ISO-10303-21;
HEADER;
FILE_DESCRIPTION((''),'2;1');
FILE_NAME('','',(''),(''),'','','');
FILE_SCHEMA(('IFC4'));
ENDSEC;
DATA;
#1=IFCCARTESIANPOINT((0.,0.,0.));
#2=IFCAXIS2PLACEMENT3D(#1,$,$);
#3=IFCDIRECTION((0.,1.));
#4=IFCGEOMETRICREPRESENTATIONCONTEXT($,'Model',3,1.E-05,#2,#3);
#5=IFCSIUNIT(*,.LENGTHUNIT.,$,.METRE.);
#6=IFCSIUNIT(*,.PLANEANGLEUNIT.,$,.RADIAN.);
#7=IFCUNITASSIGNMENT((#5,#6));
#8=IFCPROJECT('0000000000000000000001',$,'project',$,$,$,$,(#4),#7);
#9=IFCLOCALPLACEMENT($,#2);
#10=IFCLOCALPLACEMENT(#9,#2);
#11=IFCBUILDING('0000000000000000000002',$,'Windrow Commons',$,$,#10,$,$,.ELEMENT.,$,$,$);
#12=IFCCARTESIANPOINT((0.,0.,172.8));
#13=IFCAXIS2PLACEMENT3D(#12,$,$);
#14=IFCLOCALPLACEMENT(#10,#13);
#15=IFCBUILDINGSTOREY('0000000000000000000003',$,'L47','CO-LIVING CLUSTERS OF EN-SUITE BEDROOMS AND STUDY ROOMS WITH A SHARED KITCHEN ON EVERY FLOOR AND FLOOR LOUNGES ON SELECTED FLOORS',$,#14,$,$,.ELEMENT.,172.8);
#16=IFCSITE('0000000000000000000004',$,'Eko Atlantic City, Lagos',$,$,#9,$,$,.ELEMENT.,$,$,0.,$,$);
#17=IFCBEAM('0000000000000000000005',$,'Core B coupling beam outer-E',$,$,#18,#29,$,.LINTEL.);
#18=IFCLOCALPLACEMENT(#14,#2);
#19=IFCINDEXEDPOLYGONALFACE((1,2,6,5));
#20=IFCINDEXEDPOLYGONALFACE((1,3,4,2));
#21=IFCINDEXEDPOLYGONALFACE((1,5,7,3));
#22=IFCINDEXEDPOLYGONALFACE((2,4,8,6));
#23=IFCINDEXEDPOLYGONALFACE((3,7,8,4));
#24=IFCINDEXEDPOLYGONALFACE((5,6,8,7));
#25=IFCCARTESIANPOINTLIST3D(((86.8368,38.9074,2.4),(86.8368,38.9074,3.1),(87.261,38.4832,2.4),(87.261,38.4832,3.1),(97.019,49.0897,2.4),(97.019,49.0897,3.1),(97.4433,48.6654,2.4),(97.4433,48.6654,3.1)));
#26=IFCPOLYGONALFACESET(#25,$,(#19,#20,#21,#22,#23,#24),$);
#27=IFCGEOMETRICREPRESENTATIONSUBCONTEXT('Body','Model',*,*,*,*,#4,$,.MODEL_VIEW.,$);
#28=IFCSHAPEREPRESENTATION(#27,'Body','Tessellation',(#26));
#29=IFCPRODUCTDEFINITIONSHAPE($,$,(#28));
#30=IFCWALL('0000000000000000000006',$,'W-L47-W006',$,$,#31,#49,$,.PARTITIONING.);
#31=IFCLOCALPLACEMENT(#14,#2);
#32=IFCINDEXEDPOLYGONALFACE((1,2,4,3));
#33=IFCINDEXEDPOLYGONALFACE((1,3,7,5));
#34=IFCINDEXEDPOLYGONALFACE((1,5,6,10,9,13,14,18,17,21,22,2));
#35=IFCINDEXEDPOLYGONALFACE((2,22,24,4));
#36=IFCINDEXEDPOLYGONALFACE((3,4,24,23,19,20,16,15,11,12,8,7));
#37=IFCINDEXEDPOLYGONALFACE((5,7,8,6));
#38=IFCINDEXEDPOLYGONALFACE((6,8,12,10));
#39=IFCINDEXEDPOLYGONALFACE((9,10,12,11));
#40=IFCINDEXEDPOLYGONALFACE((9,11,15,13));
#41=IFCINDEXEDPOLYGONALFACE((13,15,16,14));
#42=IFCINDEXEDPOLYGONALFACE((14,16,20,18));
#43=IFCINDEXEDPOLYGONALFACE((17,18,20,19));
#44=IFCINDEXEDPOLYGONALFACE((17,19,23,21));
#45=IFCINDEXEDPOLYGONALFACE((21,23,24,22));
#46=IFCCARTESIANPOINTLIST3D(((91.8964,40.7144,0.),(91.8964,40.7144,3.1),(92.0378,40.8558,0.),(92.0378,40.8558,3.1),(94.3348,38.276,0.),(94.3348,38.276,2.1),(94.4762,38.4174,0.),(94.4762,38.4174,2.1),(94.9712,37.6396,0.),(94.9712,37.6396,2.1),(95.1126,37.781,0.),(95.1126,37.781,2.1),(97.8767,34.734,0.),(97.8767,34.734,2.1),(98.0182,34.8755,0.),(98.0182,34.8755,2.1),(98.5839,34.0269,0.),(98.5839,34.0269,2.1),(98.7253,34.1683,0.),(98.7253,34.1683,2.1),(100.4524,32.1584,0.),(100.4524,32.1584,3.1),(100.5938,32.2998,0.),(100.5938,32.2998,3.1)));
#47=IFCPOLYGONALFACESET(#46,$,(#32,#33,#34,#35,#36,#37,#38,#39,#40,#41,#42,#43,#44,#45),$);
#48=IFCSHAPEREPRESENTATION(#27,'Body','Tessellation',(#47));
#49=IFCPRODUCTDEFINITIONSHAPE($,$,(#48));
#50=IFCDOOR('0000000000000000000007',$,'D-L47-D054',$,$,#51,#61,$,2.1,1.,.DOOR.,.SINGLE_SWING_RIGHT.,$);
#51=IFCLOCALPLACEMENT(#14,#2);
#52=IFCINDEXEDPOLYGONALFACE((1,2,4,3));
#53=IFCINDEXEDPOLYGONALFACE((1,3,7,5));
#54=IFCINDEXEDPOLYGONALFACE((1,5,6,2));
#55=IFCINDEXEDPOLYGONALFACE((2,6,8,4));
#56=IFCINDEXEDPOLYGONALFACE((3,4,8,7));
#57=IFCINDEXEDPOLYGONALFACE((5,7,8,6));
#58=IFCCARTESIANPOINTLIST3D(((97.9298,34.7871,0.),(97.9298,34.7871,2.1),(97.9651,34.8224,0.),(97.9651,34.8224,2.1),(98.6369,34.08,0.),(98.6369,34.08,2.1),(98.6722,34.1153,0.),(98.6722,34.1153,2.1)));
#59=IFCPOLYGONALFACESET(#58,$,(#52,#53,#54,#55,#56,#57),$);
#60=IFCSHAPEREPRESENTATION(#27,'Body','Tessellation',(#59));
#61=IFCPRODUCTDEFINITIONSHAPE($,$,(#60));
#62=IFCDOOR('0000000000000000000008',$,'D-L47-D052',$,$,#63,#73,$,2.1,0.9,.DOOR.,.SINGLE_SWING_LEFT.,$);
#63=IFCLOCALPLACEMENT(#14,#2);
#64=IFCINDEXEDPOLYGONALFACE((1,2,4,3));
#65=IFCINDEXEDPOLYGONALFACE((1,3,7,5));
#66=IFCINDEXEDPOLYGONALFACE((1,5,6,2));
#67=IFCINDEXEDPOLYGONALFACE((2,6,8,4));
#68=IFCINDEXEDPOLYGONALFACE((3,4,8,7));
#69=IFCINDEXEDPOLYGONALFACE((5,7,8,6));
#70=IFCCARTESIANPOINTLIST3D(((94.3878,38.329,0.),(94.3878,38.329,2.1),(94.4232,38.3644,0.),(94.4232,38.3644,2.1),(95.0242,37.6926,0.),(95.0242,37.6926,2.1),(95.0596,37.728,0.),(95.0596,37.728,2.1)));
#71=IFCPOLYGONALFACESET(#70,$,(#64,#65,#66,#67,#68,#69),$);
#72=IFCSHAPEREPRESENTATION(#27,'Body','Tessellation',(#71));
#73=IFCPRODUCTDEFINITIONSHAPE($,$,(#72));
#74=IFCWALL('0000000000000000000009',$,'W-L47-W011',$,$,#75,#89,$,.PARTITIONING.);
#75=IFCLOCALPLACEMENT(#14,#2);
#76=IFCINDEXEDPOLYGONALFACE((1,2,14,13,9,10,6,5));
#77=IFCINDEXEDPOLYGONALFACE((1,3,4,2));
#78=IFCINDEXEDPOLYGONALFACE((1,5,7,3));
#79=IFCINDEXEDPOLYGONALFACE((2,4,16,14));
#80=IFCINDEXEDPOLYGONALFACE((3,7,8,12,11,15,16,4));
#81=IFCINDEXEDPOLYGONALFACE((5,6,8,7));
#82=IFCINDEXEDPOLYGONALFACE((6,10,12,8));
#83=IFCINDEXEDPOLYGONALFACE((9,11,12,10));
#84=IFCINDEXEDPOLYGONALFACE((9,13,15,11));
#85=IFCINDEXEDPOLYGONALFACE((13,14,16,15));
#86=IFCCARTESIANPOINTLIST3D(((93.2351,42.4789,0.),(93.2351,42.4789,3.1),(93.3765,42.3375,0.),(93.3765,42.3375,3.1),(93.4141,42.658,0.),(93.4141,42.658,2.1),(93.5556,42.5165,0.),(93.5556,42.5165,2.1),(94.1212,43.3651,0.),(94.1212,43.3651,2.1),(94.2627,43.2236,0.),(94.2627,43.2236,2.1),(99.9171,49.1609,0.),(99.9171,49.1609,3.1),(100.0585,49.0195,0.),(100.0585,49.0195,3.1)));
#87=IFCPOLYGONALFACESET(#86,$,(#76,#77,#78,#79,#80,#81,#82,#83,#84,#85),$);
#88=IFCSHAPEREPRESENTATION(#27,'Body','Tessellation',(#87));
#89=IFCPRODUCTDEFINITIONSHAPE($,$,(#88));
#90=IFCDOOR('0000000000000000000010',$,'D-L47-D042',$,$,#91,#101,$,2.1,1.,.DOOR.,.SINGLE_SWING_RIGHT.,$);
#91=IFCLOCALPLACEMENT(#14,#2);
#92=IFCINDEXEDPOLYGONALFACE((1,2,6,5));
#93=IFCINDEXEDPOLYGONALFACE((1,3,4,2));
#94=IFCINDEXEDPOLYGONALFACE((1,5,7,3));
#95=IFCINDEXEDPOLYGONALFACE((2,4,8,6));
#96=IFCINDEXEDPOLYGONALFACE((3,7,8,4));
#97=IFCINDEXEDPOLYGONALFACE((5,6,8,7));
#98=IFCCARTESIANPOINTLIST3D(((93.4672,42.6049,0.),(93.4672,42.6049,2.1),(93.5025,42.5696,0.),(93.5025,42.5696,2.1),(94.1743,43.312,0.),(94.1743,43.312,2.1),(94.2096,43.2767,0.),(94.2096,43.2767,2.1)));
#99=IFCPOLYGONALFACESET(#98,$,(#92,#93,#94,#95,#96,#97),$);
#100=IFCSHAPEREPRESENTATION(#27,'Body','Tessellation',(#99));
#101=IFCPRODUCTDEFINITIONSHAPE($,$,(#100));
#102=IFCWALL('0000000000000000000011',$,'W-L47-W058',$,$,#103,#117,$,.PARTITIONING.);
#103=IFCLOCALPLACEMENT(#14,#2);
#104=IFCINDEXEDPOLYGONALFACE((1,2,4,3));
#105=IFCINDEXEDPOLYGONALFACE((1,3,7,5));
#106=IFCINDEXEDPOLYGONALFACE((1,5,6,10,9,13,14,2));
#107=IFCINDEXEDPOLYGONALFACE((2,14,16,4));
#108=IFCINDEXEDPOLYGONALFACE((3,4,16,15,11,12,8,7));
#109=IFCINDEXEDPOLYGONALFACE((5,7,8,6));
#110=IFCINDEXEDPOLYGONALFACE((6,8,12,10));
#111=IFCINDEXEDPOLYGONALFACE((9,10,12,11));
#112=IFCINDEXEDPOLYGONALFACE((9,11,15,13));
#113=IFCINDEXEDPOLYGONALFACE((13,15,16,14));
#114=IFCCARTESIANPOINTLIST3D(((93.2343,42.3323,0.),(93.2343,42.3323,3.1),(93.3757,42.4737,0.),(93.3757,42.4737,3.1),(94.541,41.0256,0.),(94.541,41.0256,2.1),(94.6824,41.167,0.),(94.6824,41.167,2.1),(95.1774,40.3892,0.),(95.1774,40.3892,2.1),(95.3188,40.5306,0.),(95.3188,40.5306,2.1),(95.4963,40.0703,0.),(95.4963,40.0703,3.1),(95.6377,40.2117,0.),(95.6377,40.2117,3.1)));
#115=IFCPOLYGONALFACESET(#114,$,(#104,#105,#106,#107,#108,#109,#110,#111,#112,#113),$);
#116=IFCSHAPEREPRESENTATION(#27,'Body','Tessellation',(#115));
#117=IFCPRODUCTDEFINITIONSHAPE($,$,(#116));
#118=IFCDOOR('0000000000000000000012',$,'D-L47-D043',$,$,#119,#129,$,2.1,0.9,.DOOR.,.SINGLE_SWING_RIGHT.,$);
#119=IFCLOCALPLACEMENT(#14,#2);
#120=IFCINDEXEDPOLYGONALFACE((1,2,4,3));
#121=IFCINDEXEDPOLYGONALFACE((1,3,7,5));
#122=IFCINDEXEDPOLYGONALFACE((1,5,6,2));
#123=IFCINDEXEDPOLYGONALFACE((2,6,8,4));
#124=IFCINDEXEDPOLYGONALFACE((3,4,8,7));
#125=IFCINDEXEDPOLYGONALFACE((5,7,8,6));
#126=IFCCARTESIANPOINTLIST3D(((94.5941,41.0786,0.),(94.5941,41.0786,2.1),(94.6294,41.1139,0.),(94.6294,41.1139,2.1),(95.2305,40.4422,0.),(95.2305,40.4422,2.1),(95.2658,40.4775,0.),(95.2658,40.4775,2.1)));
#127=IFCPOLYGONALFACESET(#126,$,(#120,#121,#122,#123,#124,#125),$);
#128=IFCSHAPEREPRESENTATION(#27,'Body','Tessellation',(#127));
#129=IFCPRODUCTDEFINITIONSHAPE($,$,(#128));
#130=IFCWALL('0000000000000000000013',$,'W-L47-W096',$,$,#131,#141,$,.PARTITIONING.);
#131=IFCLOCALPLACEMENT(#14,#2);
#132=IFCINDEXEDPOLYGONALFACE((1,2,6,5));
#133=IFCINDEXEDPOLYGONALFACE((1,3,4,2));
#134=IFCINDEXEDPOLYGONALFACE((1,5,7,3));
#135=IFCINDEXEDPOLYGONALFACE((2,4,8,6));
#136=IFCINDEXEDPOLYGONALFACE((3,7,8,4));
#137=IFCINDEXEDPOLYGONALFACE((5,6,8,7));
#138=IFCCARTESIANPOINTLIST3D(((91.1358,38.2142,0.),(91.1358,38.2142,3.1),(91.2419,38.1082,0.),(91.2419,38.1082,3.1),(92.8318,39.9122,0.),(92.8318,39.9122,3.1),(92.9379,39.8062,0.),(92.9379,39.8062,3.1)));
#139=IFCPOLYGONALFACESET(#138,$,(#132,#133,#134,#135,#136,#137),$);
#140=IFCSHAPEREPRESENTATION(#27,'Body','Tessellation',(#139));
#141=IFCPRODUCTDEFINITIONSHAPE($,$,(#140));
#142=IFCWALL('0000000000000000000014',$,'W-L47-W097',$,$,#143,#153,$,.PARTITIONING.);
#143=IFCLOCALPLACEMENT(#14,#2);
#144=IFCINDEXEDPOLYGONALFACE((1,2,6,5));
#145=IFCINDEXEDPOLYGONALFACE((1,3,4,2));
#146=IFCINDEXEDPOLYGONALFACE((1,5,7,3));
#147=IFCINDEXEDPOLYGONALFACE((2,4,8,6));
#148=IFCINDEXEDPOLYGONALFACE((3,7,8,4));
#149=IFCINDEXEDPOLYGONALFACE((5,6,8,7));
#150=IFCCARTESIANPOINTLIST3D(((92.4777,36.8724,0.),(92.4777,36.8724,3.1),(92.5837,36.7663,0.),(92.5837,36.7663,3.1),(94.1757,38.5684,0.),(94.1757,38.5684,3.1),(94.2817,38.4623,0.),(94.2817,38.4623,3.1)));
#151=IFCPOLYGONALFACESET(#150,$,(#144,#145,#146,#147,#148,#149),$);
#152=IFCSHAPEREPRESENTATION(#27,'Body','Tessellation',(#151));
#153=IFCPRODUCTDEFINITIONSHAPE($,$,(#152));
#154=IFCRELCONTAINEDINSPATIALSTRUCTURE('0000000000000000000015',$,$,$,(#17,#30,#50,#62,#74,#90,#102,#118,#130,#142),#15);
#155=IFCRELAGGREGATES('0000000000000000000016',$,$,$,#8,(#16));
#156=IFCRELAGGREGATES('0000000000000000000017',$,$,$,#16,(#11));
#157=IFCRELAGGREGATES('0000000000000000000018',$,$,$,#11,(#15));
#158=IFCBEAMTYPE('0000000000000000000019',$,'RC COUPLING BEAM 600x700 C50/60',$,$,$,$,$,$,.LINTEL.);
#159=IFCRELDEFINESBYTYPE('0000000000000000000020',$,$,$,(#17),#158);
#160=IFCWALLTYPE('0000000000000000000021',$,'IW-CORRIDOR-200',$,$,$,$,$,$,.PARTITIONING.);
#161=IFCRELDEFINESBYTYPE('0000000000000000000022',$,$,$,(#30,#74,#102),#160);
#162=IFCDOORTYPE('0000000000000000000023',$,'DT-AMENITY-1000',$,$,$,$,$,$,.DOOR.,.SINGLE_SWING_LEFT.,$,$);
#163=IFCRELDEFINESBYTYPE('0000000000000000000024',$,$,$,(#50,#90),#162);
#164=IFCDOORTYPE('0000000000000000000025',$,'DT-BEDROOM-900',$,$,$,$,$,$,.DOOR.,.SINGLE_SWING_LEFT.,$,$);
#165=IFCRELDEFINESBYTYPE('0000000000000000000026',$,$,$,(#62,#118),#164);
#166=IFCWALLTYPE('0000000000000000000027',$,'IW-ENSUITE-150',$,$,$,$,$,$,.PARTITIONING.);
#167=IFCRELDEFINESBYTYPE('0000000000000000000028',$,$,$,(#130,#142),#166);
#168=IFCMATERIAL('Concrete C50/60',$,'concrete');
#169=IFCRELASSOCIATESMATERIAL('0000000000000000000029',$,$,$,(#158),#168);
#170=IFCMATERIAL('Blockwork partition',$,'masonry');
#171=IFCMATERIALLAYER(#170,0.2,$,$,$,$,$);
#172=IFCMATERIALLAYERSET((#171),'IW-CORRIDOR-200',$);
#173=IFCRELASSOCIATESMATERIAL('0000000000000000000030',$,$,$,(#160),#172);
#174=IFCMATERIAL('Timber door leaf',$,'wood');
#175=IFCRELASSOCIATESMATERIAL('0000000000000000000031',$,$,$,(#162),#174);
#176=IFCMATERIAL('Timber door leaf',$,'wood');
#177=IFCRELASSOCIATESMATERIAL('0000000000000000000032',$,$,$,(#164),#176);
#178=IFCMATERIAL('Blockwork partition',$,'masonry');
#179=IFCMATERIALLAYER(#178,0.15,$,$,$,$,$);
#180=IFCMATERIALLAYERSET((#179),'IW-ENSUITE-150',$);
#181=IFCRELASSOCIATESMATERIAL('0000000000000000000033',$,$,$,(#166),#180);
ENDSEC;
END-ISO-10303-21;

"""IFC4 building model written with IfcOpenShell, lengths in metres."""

from ifc_helpers import new_model, si_unit, direction, frame, frame_2d, origin, origin_2d, place, context, subcontext, project, spatial, rectangle, extrude, material, layer, layer_set, material_profile, profile_set, type_object, element, fill, save


model = new_model("IFC4")

# Units and contexts
model_context = context("Model", 3, precision=1e-05, world=origin(), true_north=direction((0.0, 1.0)))
body_context = subcontext(model_context, "Body", "Model", "MODEL_VIEW")
ifc_project = project(units=[si_unit("LENGTHUNIT", "METRE"), si_unit("PLANEANGLEUNIT", "RADIAN")], contexts=[model_context])

# Site, building, storey
site_placement = place(None, origin())
site = spatial("IfcSite", under=ifc_project, at=site_placement, Name="Eko Atlantic City, Lagos", CompositionType="ELEMENT", RefElevation=0.0)
building_placement = place(site_placement, origin())
building = spatial("IfcBuilding", under=site, at=building_placement, Name="Windrow Commons", CompositionType="ELEMENT")
storey_placement = place(building_placement, frame((0.0, 0.0, 172.8)))
storey = spatial("IfcBuildingStorey", under=building, at=storey_placement, Name="L47", Description="CO-LIVING CLUSTERS OF EN-SUITE BEDROOMS AND STUDY ROOMS WITH A SHARED KITCHEN ON EVERY FLOOR AND FLOOR LOUNGES ON SELECTED FLOORS", CompositionType="ELEMENT", Elevation=172.8)

# Beam
ifc_material_1 = material(Name="Concrete C50/60", Category="concrete")
ifc_material_profile = material_profile(ifc_material_1, rectangle(XDim=0.6, YDim=0.7, at=origin_2d()))
ifc_profile_set = profile_set([ifc_material_profile], Name="Concrete C50/60")
beam_type = type_object("IfcBeamType", Name="RC COUPLING BEAM 600x700 C50/60", PredefinedType="LINTEL", material=ifc_profile_set)
beam_placement = place(storey_placement, frame((87.0489, 38.6953, 2.75), z_axis=(0.707107, 0.707107, 0.0), x_axis=(-0.707107, 0.707107, 0.0)))
element("IfcBeam", 1, at=beam_placement, inside=storey, type_object=beam_type, Name="Core B coupling beam outer-E", PredefinedType="LINTEL", context=body_context, shape_type="SweptSolid", body=[
    extrude(rectangle(XDim=0.6, YDim=0.7, at=origin_2d()), origin(), (0.0, 0.0, 1.0), 14.3999),
])

# Wall, openings, doors
ifc_material_2 = material(Name="Blockwork partition", Category="masonry")
ifc_layer_1 = layer(ifc_material_2, 0.2)
ifc_layer_set_1 = layer_set([ifc_layer_1], Name="IW-CORRIDOR-200")
wall_type_1 = type_object("IfcWallType", Name="IW-CORRIDOR-200", PredefinedType="PARTITIONING", material=ifc_layer_set_1)
wall_1_placement = place(storey_placement, frame((91.9671, 40.7851, 0.0), z_axis=(0.0, 0.0, 1.0), x_axis=(0.707107, -0.707107, 0.0)))
wall_1 = element("IfcWall", 2, at=wall_1_placement, inside=storey, type_object=wall_type_1, Name="W-L47-W006", PredefinedType="PARTITIONING", context=body_context, shape_type="SweptSolid", body=[
    extrude(rectangle(XDim=12.1, YDim=0.2, at=frame_2d((6.05, 0.0))), origin(), (0.0, 0.0, 1.0), 3.1),
])
opening_1_placement = place(wall_1_placement, frame((3.4484, 0.0, 0.0)))
opening_1 = element("IfcOpeningElement", 3, at=opening_1_placement, cuts=wall_1, PredefinedType="OPENING", context=body_context, shape_type="SweptSolid", body=[
    extrude(rectangle(XDim=0.9, YDim=2.1, at=frame_2d((0.45, 1.05))), frame((0.0, 0.11, 0.0), z_axis=(0.0, -1.0, 0.0), x_axis=(1.0, 0.0, 0.0)), (0.0, 0.0, 1.0), 0.22),
])
opening_2_placement = place(wall_1_placement, frame((8.4575, 0.0, 0.0)))
opening_2 = element("IfcOpeningElement", 4, at=opening_2_placement, cuts=wall_1, PredefinedType="OPENING", context=body_context, shape_type="SweptSolid", body=[
    extrude(rectangle(XDim=1.0, YDim=2.1, at=frame_2d((0.5, 1.05))), frame((0.0, 0.11, 0.0), z_axis=(0.0, -1.0, 0.0), x_axis=(1.0, 0.0, 0.0)), (0.0, 0.0, 1.0), 0.22),
])
ifc_material_3 = material(Name="Timber door leaf", Category="wood")
door_type_1 = type_object("IfcDoorType", Name="DT-AMENITY-1000", OperationType="SINGLE_SWING_LEFT", PredefinedType="DOOR", material=ifc_material_3)
door_1_placement = place(opening_2_placement, origin())
door_1 = element("IfcDoor", 5, at=door_1_placement, inside=storey, type_object=door_type_1, Name="D-L47-D054", OperationType="SINGLE_SWING_RIGHT", OverallHeight=2.1, OverallWidth=1.0, PredefinedType="DOOR", context=body_context, shape_type="SweptSolid", body=[
    extrude(rectangle(XDim=1.0, YDim=2.1, at=frame_2d((0.5, 1.05))), frame((0.0, 0.025, 0.0), z_axis=(0.0, -1.0, 0.0), x_axis=(1.0, 0.0, 0.0)), (0.0, 0.0, 1.0), 0.05),
])
fill(opening_2, door_1)
ifc_material_4 = material(Name="Timber door leaf", Category="wood")
door_type_2 = type_object("IfcDoorType", Name="DT-BEDROOM-900", OperationType="SINGLE_SWING_LEFT", PredefinedType="DOOR", material=ifc_material_4)
door_2_placement = place(opening_1_placement, origin())
door_2 = element("IfcDoor", 6, at=door_2_placement, inside=storey, type_object=door_type_2, Name="D-L47-D052", OperationType="SINGLE_SWING_LEFT", OverallHeight=2.1, OverallWidth=0.9, PredefinedType="DOOR", context=body_context, shape_type="SweptSolid", body=[
    extrude(rectangle(XDim=0.9, YDim=2.1, at=frame_2d((0.45, 1.05))), frame((0.0, 0.025, 0.0), z_axis=(0.0, -1.0, 0.0), x_axis=(1.0, 0.0, 0.0)), (0.0, 0.0, 1.0), 0.05),
])
fill(opening_1, door_2)

# Walls, openings, doors
wall_2_placement = place(storey_placement, frame((93.3058, 42.4082, 0.0), z_axis=(0.0, 0.0, 1.0), x_axis=(0.707107, 0.707107, 0.0)))
wall_2 = element("IfcWall", 7, at=wall_2_placement, inside=storey, type_object=wall_type_1, Name="W-L47-W011", PredefinedType="PARTITIONING", context=body_context, shape_type="SweptSolid", body=[
    extrude(rectangle(XDim=9.4498, YDim=0.2, at=frame_2d((4.7249, 0.0))), origin(), (0.0, 0.0, 1.0), 3.1),
])
opening_3_placement = place(wall_2_placement, frame((0.2532, 0.0, 0.0)))
opening_3 = element("IfcOpeningElement", 8, at=opening_3_placement, cuts=wall_2, PredefinedType="OPENING", context=body_context, shape_type="SweptSolid", body=[
    extrude(rectangle(XDim=1.0, YDim=2.1, at=frame_2d((0.5, 1.05))), frame((0.0, 0.11, 0.0), z_axis=(0.0, -1.0, 0.0), x_axis=(1.0, 0.0, 0.0)), (0.0, 0.0, 1.0), 0.22),
])
door_3_placement = place(opening_3_placement, origin())
door_3 = element("IfcDoor", 9, at=door_3_placement, inside=storey, type_object=door_type_1, Name="D-L47-D042", OperationType="SINGLE_SWING_RIGHT", OverallHeight=2.1, OverallWidth=1.0, PredefinedType="DOOR", context=body_context, shape_type="SweptSolid", body=[
    extrude(rectangle(XDim=1.0, YDim=2.1, at=frame_2d((0.5, 1.05))), frame((0.0, 0.025, 0.0), z_axis=(0.0, -1.0, 0.0), x_axis=(1.0, 0.0, 0.0)), (0.0, 0.0, 1.0), 0.05),
])
fill(opening_3, door_3)
wall_3_placement = place(storey_placement, frame((93.305, 42.403, 0.0), z_axis=(0.0, 0.0, 1.0), x_axis=(0.707107, -0.707107, 0.0)))
wall_3 = element("IfcWall", 10, at=wall_3_placement, inside=storey, type_object=wall_type_1, Name="W-L47-W058", PredefinedType="PARTITIONING", context=body_context, shape_type="SweptSolid", body=[
    extrude(rectangle(XDim=3.199, YDim=0.2, at=frame_2d((1.5995, 0.0))), origin(), (0.0, 0.0, 1.0), 3.1),
])
opening_4_placement = place(wall_3_placement, frame((1.848, 0.0, 0.0)))
opening_4 = element("IfcOpeningElement", 11, at=opening_4_placement, cuts=wall_3, PredefinedType="OPENING", context=body_context, shape_type="SweptSolid", body=[
    extrude(rectangle(XDim=0.9, YDim=2.1, at=frame_2d((0.45, 1.05))), frame((0.0, 0.11, 0.0), z_axis=(0.0, -1.0, 0.0), x_axis=(1.0, 0.0, 0.0)), (0.0, 0.0, 1.0), 0.22),
])
door_4_placement = place(opening_4_placement, origin())
door_4 = element("IfcDoor", 12, at=door_4_placement, inside=storey, type_object=door_type_2, Name="D-L47-D043", OperationType="SINGLE_SWING_RIGHT", OverallHeight=2.1, OverallWidth=0.9, PredefinedType="DOOR", context=body_context, shape_type="SweptSolid", body=[
    extrude(rectangle(XDim=0.9, YDim=2.1, at=frame_2d((0.45, 1.05))), frame((0.0, 0.025, 0.0), z_axis=(0.0, -1.0, 0.0), x_axis=(1.0, 0.0, 0.0)), (0.0, 0.0, 1.0), 0.05),
])
fill(opening_4, door_4)

# Walls
ifc_material_5 = material(Name="Blockwork partition", Category="masonry")
ifc_layer_2 = layer(ifc_material_5, 0.15)
ifc_layer_set_2 = layer_set([ifc_layer_2], Name="IW-ENSUITE-150")
wall_type_2 = type_object("IfcWallType", Name="IW-ENSUITE-150", PredefinedType="PARTITIONING", material=ifc_layer_set_2)
for number, where, z_axis, x_axis, name in (
    (13, (91.1888, 38.1612, 0.0), (0.0, 0.0, 1.0), (0.70669, 0.707523, 0.0), "W-L47-W096"),
    (14, (92.5307, 36.8193, 0.0), (0.0, 0.0, 1.0), (0.707523, 0.70669, 0.0), "W-L47-W097"),
):
    element("IfcWall", number, at=place(storey_placement, frame(where, z_axis=z_axis, x_axis=x_axis)), inside=storey, type_object=wall_type_2, Name=name, PredefinedType="PARTITIONING", context=body_context, shape_type="SweptSolid", body=[
        extrude(rectangle(XDim=2.3999, YDim=0.15, at=frame_2d((1.2, 0.0))), origin(), (0.0, 0.0, 1.0), 3.1),
    ])

save(model, "model.ifc")
